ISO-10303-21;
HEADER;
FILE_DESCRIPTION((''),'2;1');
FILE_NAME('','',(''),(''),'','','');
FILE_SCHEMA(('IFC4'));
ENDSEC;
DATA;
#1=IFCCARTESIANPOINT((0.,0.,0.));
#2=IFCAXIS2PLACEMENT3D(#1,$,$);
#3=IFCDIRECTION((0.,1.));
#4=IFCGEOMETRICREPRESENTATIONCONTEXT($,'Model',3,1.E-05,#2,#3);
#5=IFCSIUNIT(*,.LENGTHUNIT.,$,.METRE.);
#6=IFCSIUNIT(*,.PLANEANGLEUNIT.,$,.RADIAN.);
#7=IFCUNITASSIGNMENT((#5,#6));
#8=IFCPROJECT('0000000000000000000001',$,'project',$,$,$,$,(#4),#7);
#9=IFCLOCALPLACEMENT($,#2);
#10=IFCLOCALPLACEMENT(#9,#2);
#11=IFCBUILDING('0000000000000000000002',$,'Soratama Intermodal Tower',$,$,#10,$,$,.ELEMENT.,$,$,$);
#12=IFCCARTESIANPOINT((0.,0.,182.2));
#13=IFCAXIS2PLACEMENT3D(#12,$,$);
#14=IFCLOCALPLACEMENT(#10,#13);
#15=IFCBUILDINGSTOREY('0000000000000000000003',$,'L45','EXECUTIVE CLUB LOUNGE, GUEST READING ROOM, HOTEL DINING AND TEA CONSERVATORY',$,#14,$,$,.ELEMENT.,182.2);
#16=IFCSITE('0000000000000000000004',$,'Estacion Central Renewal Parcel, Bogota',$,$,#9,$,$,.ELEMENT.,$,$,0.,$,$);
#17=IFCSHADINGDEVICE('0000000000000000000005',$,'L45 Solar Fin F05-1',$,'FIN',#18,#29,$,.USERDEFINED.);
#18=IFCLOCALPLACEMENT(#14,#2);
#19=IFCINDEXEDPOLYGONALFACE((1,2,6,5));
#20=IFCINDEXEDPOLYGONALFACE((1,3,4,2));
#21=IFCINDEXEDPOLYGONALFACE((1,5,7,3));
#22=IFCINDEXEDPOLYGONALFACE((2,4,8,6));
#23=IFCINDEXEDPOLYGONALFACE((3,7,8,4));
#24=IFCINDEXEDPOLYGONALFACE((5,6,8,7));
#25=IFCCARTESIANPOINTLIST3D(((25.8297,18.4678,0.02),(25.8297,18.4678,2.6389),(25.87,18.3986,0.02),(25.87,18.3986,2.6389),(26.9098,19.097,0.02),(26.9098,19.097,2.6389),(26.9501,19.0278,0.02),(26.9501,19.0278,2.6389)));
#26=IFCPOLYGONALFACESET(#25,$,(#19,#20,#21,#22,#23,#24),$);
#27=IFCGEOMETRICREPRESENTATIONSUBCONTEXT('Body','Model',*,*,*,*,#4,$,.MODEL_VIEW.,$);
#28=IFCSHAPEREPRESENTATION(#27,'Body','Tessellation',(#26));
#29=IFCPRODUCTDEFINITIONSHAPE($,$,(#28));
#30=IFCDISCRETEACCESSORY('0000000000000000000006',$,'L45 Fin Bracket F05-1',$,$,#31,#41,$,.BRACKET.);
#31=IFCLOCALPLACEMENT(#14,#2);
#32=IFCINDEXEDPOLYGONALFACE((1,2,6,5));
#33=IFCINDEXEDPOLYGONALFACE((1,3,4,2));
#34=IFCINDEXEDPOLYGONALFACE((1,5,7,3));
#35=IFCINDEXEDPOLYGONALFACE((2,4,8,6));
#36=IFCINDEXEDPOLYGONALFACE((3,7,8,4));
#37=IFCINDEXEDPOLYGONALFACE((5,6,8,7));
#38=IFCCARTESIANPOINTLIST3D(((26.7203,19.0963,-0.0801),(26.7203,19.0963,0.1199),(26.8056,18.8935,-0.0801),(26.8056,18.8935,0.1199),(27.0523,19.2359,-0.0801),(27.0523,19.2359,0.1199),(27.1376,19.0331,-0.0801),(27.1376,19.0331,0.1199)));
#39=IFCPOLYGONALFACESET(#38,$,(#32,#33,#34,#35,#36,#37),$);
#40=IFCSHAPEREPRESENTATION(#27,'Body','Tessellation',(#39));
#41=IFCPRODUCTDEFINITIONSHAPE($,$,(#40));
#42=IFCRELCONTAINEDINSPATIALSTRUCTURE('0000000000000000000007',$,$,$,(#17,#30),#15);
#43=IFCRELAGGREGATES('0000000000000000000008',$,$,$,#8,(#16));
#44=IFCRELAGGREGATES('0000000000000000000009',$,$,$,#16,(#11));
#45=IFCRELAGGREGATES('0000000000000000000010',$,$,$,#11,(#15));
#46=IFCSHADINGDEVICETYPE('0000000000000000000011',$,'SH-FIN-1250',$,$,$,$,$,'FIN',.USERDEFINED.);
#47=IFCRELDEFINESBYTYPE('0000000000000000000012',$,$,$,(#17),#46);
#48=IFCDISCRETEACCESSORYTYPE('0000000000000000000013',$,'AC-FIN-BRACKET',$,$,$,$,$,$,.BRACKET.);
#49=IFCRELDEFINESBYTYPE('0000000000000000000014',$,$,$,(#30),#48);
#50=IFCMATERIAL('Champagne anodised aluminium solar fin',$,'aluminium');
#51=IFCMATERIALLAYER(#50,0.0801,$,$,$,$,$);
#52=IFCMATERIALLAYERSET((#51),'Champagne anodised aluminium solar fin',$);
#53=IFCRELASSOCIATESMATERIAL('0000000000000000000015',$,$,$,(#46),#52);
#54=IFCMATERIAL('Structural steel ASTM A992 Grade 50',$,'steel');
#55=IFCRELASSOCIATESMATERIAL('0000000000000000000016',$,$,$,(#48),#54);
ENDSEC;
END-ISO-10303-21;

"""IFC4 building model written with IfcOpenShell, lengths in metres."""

from ifc_helpers import new_model, si_unit, direction, frame, origin, origin_2d, place, context, subcontext, project, spatial, rectangle, extrude, material, layer, layer_set, type_object, element, save


model = new_model("IFC4")

# Units and contexts
model_context = context("Model", 3, precision=1e-05, world=origin(), true_north=direction((0.0, 1.0)))
body_context = subcontext(model_context, "Body", "Model", "MODEL_VIEW")
ifc_project = project(units=[si_unit("LENGTHUNIT", "METRE"), si_unit("PLANEANGLEUNIT", "RADIAN")], contexts=[model_context])

# Site, building, storey
site_placement = place(None, origin())
site = spatial("IfcSite", under=ifc_project, at=site_placement, Name="Estacion Central Renewal Parcel, Bogota", CompositionType="ELEMENT", RefElevation=0.0)
building_placement = place(site_placement, origin())
building = spatial("IfcBuilding", under=site, at=building_placement, Name="Soratama Intermodal Tower", CompositionType="ELEMENT")
storey_placement = place(building_placement, frame((0.0, 0.0, 182.2)))
storey = spatial("IfcBuildingStorey", under=building, at=storey_placement, Name="L45", Description="EXECUTIVE CLUB LOUNGE, GUEST READING ROOM, HOTEL DINING AND TEA CONSERVATORY", CompositionType="ELEMENT", Elevation=182.2)

# Shading device
ifc_material_1 = material(Name="Champagne anodised aluminium solar fin", Category="aluminium")
ifc_layer_1 = layer(ifc_material_1, 0.0801)
ifc_layer_set_1 = layer_set([ifc_layer_1], Name="Champagne anodised aluminium solar fin")
shading_device_type = type_object("IfcShadingDeviceType", Name="SH-FIN-1250", ElementType="FIN", PredefinedType="USERDEFINED", material=ifc_layer_set_1)
shading_device_placement = place(storey_placement, frame((26.3899, 18.7478, 0.02), z_axis=(0.0, 0.0, 1.0), x_axis=(-0.864099, -0.503322, 0.0)))
element("IfcShadingDevice", 1, at=shading_device_placement, inside=storey, type_object=shading_device_type, Name="L45 Solar Fin F05-1", ObjectType="FIN", PredefinedType="USERDEFINED", context=body_context, shape_type="SweptSolid", body=[
    extrude(rectangle(XDim=1.25, YDim=0.0801, at=origin_2d()), origin(), (0.0, 0.0, 1.0), 2.6189),
])

# Discrete accessory
ifc_material_2 = material(Name="Structural steel ASTM A992 Grade 50", Category="steel")
discrete_accessory_type = type_object("IfcDiscreteAccessoryType", Name="AC-FIN-BRACKET", PredefinedType="BRACKET", material=ifc_material_2)
discrete_accessory_placement = place(storey_placement, frame((26.929, 19.0647, -0.0801), z_axis=(0.0, 0.0, 1.0), x_axis=(-0.921863, -0.387516, 0.0)))
element("IfcDiscreteAccessory", 2, at=discrete_accessory_placement, inside=storey, type_object=discrete_accessory_type, Name="L45 Fin Bracket F05-1", PredefinedType="BRACKET", context=body_context, shape_type="SweptSolid", body=[
    extrude(rectangle(XDim=0.3601, YDim=0.22, at=origin_2d()), origin(), (0.0, 0.0, 1.0), 0.2),
])

save(model, "model.ifc")
